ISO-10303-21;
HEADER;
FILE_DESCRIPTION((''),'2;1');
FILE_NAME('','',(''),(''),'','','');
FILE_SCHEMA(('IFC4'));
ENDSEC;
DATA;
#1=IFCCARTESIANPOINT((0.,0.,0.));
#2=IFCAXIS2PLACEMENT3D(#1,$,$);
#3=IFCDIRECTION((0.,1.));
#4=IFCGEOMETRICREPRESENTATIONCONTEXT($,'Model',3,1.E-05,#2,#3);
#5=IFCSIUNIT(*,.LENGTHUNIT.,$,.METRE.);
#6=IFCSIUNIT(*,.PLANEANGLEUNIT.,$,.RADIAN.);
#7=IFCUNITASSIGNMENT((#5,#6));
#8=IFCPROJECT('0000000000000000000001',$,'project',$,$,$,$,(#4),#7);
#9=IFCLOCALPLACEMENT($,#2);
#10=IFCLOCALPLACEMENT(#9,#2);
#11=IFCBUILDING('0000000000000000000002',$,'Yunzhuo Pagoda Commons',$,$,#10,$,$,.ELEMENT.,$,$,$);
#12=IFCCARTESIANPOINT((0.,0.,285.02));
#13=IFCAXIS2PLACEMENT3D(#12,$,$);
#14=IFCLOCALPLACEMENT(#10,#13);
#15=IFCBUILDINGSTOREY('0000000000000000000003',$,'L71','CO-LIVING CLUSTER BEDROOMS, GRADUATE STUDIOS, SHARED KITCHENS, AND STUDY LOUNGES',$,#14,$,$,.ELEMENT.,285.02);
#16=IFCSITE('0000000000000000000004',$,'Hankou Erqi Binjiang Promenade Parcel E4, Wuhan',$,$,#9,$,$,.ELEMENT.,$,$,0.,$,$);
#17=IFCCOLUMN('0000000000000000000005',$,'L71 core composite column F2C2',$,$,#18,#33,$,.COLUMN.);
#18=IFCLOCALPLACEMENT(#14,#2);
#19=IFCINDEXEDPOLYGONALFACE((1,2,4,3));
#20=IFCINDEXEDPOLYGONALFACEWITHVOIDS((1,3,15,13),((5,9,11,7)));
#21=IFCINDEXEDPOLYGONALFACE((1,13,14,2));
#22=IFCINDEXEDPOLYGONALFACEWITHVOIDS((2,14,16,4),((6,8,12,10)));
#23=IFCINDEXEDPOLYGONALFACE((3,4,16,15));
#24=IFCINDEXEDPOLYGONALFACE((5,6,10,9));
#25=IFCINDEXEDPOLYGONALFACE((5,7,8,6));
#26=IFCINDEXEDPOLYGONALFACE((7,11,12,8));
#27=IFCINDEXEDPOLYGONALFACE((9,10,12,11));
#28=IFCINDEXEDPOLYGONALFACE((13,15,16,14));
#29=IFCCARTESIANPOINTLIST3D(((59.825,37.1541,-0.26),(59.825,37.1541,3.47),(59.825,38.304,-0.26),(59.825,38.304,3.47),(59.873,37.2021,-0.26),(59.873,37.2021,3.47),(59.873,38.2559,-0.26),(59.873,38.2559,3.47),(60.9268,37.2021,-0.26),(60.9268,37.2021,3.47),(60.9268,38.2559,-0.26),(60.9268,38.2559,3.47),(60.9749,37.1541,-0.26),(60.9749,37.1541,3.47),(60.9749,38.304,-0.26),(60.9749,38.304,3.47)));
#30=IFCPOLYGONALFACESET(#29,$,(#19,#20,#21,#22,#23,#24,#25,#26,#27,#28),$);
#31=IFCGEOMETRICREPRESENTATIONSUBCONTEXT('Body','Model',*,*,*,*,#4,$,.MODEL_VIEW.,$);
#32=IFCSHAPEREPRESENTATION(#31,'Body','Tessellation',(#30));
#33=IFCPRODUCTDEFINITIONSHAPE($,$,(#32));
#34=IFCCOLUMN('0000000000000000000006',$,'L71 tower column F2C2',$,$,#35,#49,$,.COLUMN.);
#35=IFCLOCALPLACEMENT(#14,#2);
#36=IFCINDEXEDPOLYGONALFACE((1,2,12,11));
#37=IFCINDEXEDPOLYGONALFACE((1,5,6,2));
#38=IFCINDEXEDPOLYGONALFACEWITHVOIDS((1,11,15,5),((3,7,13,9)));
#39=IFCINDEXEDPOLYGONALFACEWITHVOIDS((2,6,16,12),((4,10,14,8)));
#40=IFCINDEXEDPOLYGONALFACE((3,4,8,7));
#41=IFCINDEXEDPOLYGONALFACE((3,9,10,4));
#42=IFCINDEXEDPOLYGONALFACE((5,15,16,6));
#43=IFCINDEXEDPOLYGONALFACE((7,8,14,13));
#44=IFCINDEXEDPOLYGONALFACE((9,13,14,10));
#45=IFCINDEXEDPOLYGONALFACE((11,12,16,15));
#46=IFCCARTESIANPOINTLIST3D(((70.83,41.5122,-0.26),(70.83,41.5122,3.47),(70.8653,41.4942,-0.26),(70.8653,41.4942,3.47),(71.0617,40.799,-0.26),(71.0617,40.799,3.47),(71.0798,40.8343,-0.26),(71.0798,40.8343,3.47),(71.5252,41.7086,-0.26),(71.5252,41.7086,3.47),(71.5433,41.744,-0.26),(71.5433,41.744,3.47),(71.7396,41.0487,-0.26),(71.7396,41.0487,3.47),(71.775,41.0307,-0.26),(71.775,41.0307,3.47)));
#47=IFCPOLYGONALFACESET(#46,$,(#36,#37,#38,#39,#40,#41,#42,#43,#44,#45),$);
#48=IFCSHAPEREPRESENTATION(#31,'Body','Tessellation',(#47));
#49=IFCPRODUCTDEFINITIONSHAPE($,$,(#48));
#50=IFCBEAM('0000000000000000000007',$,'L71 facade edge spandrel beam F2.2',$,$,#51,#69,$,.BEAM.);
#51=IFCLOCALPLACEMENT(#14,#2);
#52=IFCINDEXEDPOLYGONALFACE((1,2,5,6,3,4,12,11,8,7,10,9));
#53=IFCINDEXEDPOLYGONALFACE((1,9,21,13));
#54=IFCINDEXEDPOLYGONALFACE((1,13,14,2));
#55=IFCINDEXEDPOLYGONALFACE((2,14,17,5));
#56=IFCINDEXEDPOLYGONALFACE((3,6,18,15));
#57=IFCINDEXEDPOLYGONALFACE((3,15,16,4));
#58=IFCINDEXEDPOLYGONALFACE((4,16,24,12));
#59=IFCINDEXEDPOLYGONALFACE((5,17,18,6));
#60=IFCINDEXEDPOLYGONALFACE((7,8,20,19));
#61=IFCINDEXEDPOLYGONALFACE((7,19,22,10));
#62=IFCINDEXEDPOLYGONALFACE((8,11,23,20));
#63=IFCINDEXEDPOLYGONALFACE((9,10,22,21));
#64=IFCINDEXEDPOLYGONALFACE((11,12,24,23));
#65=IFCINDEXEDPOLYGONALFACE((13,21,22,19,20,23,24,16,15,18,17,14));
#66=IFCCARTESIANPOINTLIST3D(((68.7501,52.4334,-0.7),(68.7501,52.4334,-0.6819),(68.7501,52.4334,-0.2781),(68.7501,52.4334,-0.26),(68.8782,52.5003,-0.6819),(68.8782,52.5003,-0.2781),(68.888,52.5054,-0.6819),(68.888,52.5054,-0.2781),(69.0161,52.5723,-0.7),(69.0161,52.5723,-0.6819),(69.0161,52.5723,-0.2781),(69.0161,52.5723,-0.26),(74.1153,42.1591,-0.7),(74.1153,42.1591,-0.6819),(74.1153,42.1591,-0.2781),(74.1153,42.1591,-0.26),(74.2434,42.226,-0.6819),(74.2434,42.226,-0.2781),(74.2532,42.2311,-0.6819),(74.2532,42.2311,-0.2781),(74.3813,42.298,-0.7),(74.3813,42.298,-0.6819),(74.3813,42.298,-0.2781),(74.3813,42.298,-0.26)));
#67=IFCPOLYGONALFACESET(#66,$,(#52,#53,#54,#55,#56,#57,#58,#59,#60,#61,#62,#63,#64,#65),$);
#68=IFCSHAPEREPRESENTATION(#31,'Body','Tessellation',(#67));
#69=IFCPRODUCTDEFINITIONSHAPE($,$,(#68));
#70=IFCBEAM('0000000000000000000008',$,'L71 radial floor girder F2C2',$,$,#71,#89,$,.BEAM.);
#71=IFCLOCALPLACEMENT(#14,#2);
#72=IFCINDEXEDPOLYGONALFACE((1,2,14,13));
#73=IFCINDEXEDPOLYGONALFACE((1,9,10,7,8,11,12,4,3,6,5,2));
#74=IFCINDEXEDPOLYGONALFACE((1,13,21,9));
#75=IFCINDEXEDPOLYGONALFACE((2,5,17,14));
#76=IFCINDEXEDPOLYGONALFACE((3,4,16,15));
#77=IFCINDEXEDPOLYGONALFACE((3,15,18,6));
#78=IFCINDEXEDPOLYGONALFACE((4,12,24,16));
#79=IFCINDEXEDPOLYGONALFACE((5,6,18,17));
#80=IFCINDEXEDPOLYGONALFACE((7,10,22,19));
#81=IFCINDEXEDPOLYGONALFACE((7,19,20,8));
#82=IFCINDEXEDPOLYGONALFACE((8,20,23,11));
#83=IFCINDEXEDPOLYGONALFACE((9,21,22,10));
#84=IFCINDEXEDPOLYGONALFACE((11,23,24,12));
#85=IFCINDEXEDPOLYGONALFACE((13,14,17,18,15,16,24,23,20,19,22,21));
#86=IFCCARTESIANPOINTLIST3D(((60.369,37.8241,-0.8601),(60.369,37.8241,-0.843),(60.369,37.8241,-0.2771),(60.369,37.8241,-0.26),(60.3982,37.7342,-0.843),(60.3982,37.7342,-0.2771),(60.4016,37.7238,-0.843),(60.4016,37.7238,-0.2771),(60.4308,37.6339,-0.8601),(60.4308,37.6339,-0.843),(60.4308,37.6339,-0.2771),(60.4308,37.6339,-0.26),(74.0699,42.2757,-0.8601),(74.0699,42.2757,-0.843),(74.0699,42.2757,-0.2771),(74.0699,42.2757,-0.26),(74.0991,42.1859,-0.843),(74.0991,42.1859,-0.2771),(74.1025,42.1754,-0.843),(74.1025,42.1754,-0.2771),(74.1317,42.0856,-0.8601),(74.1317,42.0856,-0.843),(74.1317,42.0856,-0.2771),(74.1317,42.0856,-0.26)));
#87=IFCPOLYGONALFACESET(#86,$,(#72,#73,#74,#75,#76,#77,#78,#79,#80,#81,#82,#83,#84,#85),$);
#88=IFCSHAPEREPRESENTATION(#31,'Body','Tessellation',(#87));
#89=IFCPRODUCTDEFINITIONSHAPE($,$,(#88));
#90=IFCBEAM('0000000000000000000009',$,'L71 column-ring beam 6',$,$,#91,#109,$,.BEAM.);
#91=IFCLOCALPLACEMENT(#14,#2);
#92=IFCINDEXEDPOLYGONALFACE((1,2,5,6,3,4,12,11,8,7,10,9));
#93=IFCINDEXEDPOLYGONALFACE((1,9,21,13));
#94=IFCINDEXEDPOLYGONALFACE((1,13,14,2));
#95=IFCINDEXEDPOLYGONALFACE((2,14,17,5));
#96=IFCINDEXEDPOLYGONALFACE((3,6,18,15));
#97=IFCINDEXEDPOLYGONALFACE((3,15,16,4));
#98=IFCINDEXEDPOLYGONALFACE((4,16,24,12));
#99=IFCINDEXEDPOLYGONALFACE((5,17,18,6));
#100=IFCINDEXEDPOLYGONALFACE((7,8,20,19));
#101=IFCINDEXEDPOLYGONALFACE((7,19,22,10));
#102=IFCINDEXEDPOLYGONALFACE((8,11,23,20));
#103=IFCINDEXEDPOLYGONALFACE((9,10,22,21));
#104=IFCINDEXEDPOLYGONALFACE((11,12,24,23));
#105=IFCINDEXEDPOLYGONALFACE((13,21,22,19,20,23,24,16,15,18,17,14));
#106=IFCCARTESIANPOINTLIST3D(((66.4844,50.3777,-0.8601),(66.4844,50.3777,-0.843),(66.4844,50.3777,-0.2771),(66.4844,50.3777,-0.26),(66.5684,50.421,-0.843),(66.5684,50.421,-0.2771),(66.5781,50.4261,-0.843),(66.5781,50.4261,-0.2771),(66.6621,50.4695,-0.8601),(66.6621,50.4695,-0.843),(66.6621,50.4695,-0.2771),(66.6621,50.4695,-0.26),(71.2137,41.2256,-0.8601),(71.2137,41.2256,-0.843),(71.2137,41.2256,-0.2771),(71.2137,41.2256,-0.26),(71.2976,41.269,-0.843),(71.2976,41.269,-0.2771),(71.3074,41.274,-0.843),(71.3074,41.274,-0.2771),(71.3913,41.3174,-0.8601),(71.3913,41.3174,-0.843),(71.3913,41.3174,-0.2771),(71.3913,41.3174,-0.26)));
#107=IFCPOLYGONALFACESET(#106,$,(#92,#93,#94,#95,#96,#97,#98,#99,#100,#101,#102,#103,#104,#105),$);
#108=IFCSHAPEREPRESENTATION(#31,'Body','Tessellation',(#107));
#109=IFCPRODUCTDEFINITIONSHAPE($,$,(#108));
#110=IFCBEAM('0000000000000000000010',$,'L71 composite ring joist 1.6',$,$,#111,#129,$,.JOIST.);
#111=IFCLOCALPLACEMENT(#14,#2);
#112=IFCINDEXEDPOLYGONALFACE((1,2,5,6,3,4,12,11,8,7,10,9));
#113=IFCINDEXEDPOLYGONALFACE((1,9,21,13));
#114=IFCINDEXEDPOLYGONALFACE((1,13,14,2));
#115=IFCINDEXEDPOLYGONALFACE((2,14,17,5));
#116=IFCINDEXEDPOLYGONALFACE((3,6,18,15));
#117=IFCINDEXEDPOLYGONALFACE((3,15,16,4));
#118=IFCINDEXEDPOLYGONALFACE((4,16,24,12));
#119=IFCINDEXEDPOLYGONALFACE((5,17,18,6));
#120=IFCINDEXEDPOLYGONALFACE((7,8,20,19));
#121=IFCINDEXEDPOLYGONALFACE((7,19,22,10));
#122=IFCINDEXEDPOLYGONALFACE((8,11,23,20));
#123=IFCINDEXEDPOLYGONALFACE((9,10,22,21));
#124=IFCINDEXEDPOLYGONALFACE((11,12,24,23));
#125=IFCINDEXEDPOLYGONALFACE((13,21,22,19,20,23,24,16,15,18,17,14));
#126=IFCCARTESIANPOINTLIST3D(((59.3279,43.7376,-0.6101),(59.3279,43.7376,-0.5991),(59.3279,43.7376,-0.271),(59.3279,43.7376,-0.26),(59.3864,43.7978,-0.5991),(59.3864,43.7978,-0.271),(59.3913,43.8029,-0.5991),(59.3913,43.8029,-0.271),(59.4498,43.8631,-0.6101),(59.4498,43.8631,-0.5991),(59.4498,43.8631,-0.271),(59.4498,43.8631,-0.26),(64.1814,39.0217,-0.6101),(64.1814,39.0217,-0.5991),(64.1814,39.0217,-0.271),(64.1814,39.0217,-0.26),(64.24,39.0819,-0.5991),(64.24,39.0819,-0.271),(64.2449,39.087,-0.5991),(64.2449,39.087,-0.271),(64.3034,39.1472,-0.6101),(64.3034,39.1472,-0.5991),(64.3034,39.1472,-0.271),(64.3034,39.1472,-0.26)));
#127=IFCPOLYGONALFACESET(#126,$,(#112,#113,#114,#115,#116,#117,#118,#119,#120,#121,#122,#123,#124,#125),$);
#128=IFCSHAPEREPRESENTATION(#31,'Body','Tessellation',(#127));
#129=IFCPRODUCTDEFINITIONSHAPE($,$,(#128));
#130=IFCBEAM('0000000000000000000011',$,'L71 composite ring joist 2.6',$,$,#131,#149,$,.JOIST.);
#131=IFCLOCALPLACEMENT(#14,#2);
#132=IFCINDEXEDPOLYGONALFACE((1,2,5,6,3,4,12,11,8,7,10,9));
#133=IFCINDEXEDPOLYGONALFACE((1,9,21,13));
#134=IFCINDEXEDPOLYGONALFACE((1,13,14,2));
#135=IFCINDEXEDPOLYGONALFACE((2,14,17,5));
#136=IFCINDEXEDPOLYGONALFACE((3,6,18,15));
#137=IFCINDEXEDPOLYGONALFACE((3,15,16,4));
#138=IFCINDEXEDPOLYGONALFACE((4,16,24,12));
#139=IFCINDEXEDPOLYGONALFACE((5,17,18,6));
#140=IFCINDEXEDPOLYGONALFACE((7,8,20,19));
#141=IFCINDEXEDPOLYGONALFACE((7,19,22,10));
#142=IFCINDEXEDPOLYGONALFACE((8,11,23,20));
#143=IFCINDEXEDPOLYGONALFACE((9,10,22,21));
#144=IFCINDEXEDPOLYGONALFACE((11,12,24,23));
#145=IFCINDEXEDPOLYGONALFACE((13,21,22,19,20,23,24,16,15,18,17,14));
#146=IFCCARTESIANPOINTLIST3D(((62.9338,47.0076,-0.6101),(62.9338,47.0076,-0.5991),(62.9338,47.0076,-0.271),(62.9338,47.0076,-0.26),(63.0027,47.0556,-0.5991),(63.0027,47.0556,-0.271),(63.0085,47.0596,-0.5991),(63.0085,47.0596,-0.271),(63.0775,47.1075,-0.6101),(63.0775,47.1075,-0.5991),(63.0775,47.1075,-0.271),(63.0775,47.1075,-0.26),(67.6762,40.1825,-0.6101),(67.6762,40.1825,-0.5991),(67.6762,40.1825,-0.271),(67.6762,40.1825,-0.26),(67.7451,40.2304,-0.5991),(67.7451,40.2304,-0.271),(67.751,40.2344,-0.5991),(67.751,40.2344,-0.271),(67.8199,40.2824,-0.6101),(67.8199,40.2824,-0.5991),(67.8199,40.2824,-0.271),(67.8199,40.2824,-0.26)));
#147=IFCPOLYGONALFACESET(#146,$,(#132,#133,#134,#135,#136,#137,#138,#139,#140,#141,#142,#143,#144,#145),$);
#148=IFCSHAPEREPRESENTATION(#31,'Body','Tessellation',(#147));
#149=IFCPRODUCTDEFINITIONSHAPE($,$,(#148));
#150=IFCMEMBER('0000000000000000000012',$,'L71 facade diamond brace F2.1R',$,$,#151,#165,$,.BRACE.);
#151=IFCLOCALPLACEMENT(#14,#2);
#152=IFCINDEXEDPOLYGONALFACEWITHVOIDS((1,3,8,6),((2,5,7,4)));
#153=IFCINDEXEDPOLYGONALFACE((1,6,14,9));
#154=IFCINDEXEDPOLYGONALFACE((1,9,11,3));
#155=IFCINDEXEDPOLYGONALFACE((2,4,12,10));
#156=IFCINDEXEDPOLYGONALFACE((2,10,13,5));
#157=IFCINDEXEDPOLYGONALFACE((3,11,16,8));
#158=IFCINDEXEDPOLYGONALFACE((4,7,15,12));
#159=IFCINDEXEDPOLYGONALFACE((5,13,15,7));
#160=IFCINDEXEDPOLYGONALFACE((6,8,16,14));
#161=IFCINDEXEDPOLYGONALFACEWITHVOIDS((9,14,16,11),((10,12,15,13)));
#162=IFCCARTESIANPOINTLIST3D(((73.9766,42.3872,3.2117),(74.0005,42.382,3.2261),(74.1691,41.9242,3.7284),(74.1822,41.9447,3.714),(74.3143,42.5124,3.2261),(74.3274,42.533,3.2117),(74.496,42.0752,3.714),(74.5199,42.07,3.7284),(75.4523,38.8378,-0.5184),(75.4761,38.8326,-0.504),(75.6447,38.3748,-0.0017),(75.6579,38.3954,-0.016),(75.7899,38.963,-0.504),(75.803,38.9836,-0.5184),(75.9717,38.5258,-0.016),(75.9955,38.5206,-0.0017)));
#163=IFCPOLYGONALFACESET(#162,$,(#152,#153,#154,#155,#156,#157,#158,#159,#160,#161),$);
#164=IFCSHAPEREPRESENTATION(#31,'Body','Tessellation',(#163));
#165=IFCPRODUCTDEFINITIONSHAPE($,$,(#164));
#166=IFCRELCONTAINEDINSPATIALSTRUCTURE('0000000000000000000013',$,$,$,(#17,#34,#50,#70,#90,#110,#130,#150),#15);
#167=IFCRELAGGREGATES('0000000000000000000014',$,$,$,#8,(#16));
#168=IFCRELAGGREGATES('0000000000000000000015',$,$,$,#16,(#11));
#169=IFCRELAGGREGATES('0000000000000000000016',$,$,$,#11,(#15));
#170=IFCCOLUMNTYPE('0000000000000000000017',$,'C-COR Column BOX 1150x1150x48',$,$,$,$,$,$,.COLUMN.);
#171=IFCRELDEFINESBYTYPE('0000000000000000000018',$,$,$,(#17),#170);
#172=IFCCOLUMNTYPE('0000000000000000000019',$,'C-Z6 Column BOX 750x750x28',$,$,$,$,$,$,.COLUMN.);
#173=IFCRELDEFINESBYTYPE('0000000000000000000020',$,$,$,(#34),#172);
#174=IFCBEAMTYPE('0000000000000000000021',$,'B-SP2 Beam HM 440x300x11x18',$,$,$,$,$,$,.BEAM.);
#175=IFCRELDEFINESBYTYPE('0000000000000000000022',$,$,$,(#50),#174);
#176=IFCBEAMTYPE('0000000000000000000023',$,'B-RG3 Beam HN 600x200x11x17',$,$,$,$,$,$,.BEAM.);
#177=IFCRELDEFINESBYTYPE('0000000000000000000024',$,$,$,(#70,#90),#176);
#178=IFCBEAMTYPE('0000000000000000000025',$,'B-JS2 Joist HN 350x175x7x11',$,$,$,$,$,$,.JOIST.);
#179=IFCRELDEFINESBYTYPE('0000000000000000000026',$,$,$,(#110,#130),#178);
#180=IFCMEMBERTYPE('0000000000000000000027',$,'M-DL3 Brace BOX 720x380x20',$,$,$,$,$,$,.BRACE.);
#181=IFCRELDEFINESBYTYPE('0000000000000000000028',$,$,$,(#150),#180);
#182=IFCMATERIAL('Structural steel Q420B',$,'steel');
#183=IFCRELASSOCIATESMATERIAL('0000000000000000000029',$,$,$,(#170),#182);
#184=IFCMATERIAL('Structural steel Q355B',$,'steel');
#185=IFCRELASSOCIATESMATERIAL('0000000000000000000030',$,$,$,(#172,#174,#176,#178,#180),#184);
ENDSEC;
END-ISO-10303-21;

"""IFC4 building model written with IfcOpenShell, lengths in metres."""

from ifc_helpers import new_model, si_unit, direction, frame, origin, origin_2d, place, context, subcontext, project, spatial, hollow_rectangle, i_section, extrude, source, transform, mapped, material, material_profile, profile_set, type_object, element, save


model = new_model("IFC4")

# Units and contexts
model_context = context("Model", 3, precision=1e-05, world=origin(), true_north=direction((0.0, 1.0)))
body_context = subcontext(model_context, "Body", "Model", "MODEL_VIEW")
ifc_project = project(units=[si_unit("LENGTHUNIT", "METRE"), si_unit("PLANEANGLEUNIT", "RADIAN")], contexts=[model_context])

# Site, building, storey
site_placement = place(None, origin())
site = spatial("IfcSite", under=ifc_project, at=site_placement, Name="Hankou Erqi Binjiang Promenade Parcel E4, Wuhan", CompositionType="ELEMENT", RefElevation=0.0)
building_placement = place(site_placement, origin())
building = spatial("IfcBuilding", under=site, at=building_placement, Name="Yunzhuo Pagoda Commons", CompositionType="ELEMENT")
storey_placement = place(building_placement, frame((0.0, 0.0, 285.02)))
storey = spatial("IfcBuildingStorey", under=building, at=storey_placement, Name="L71", Description="CO-LIVING CLUSTER BEDROOMS, GRADUATE STUDIOS, SHARED KITCHENS, AND STUDY LOUNGES", CompositionType="ELEMENT", Elevation=285.02)

# Columns
ifc_material_1 = material(Name="Structural steel Q420B", Category="steel")
ifc_material_profile_1 = material_profile(ifc_material_1, hollow_rectangle(XDim=1.1499, YDim=1.1499, WallThickness=0.0481, at=origin_2d()), Name="Structural steel Q420B")
ifc_profile_set_1 = profile_set([ifc_material_profile_1], Name="Structural steel Q420B")
column_type_1 = type_object("IfcColumnType", Name="C-COR Column BOX 1150x1150x48", PredefinedType="COLUMN", material=ifc_profile_set_1)
shared_shape_1 = source(origin(), body_context, "Body", "SweptSolid", [
    extrude(hollow_rectangle(XDim=1.1499, YDim=1.1499, WallThickness=0.0481, at=origin_2d()), origin(), (0.0, 0.0, 1.0), 3.73),
])
column_1_placement = place(storey_placement, frame((60.3999, 37.729, -0.26), z_axis=(0.0, 0.0, 1.0), x_axis=(1.0, 0.0, 0.0)))
element("IfcColumn", 1, at=column_1_placement, inside=storey, type_object=column_type_1, Name="L71 core composite column F2C2", PredefinedType="COLUMN", context=body_context, shape_type="MappedRepresentation", body=[
    mapped(shared_shape_1, transform((0.0, 0.0, 0.0), scale=1.0)),
])
ifc_material_2 = material(Name="Structural steel Q355B", Category="steel")
ifc_material_profile_2 = material_profile(ifc_material_2, hollow_rectangle(XDim=0.75, YDim=0.75, WallThickness=0.0281, at=origin_2d()), Name="Structural steel Q355B")
ifc_profile_set_2 = profile_set([ifc_material_profile_2], Name="Structural steel Q355B")
column_type_2 = type_object("IfcColumnType", Name="C-Z6 Column BOX 750x750x28", PredefinedType="COLUMN", material=ifc_profile_set_2)
shared_shape_2 = source(origin(), body_context, "Body", "SweptSolid", [
    extrude(hollow_rectangle(XDim=0.75, YDim=0.75, WallThickness=0.0281, at=origin_2d()), origin(), (0.0, 0.0, 1.0), 3.73),
])
column_2_placement = place(storey_placement, frame((71.3025, 41.2715, -0.26), z_axis=(0.0, 0.0, 1.0), x_axis=(-0.309017, 0.951057, 0.0)))
element("IfcColumn", 2, at=column_2_placement, inside=storey, type_object=column_type_2, Name="L71 tower column F2C2", PredefinedType="COLUMN", context=body_context, shape_type="MappedRepresentation", body=[
    mapped(shared_shape_2, transform((0.0, 0.0, 0.0), scale=1.0)),
])

# Beams
ifc_material_profile_3 = material_profile(ifc_material_2, i_section(OverallWidth=0.3, OverallDepth=0.4399, WebThickness=0.011, FlangeThickness=0.0181, at=origin_2d()), Name="Structural steel Q355B")
ifc_profile_set_3 = profile_set([ifc_material_profile_3], Name="Structural steel Q355B")
beam_type_1 = type_object("IfcBeamType", Name="B-SP2 Beam HM 440x300x11x18", PredefinedType="BEAM", material=ifc_profile_set_3)
shared_shape_3 = source(origin(), body_context, "Body", "SweptSolid", [
    extrude(i_section(OverallWidth=0.3, OverallDepth=0.4399, WebThickness=0.011, FlangeThickness=0.0181, at=origin_2d()), origin(), (0.0, 0.0, 1.0), 11.5908),
])
beam_1_placement = place(storey_placement, frame((74.2483, 42.2285, -0.48), z_axis=(-0.462883, 0.88642, 0.0), x_axis=(-0.88642, -0.462883, 0.0)))
element("IfcBeam", 3, at=beam_1_placement, inside=storey, type_object=beam_type_1, Name="L71 facade edge spandrel beam F2.2", PredefinedType="BEAM", context=body_context, shape_type="MappedRepresentation", body=[
    mapped(shared_shape_3, transform((0.0, 0.0, 0.0), scale=1.0)),
])
ifc_material_profile_4 = material_profile(ifc_material_2, i_section(OverallWidth=0.2, OverallDepth=0.6001, WebThickness=0.011, FlangeThickness=0.0171, at=origin_2d()), Name="Structural steel Q355B")
ifc_profile_set_4 = profile_set([ifc_material_profile_4], Name="Structural steel Q355B")
beam_type_2 = type_object("IfcBeamType", Name="B-RG3 Beam HN 600x200x11x17", PredefinedType="BEAM", material=ifc_profile_set_4)
shared_shape_4 = source(origin(), body_context, "Body", "SweptSolid", [
    extrude(i_section(OverallWidth=0.2, OverallDepth=0.6001, WebThickness=0.011, FlangeThickness=0.0171, at=origin_2d()), origin(), (0.0, 0.0, 1.0), 14.406),
])
beam_2_placement = place(storey_placement, frame((74.1008, 42.1807, -0.5601), z_axis=(-0.951057, -0.309014, 0.0), x_axis=(0.309014, -0.951057, 0.0)))
element("IfcBeam", 4, at=beam_2_placement, inside=storey, type_object=beam_type_2, Name="L71 radial floor girder F2C2", PredefinedType="BEAM", context=body_context, shape_type="MappedRepresentation", body=[
    mapped(shared_shape_4, transform((0.0, 0.0, 0.0), scale=1.0)),
])
shared_shape_5 = source(origin(), body_context, "Body", "SweptSolid", [
    extrude(i_section(OverallWidth=0.2, OverallDepth=0.6001, WebThickness=0.011, FlangeThickness=0.0171, at=origin_2d()), origin(), (0.0, 0.0, 1.0), 10.3018),
])
beam_3_placement = place(storey_placement, frame((71.3025, 41.2715, -0.5601), z_axis=(-0.459071, 0.8884, 0.0), x_axis=(-0.8884, -0.459071, 0.0)))
element("IfcBeam", 5, at=beam_3_placement, inside=storey, type_object=beam_type_2, Name="L71 column-ring beam 6", PredefinedType="BEAM", context=body_context, shape_type="MappedRepresentation", body=[
    mapped(shared_shape_5, transform((0.0, 0.0, 0.0), scale=1.0)),
])
ifc_material_profile_5 = material_profile(ifc_material_2, i_section(OverallWidth=0.175, OverallDepth=0.3501, WebThickness=0.0071, FlangeThickness=0.011, at=origin_2d()), Name="Structural steel Q355B")
ifc_profile_set_5 = profile_set([ifc_material_profile_5], Name="Structural steel Q355B")
beam_type_3 = type_object("IfcBeamType", Name="B-JS2 Joist HN 350x175x7x11", PredefinedType="JOIST", material=ifc_profile_set_5)
shared_shape_6 = source(origin(), body_context, "Body", "SweptSolid", [
    extrude(i_section(OverallWidth=0.175, OverallDepth=0.3501, WebThickness=0.0071, FlangeThickness=0.011, at=origin_2d()), origin(), (0.0, 0.0, 1.0), 6.7673),
])
beam_4_placement = place(storey_placement, frame((64.2424, 39.0845, -0.4351), z_axis=(-0.717207, 0.69686, 0.0), x_axis=(-0.69686, -0.717207, 0.0)))
element("IfcBeam", 6, at=beam_4_placement, inside=storey, type_object=beam_type_3, Name="L71 composite ring joist 1.6", PredefinedType="JOIST", context=body_context, shape_type="MappedRepresentation", body=[
    mapped(shared_shape_6, transform((0.0, 0.0, 0.0), scale=1.0)),
])
shared_shape_7 = source(origin(), body_context, "Body", "SweptSolid", [
    extrude(i_section(OverallWidth=0.175, OverallDepth=0.3501, WebThickness=0.0071, FlangeThickness=0.011, at=origin_2d()), origin(), (0.0, 0.0, 1.0), 8.311),
])
beam_5_placement = place(storey_placement, frame((67.748, 40.2324, -0.4351), z_axis=(-0.570616, 0.821217, 0.0), x_axis=(-0.821217, -0.570616, 0.0)))
element("IfcBeam", 7, at=beam_5_placement, inside=storey, type_object=beam_type_3, Name="L71 composite ring joist 2.6", PredefinedType="JOIST", context=body_context, shape_type="MappedRepresentation", body=[
    mapped(shared_shape_7, transform((0.0, 0.0, 0.0), scale=1.0)),
])

# Member
ifc_material_profile_6 = material_profile(ifc_material_2, hollow_rectangle(XDim=0.3799, YDim=0.72, WallThickness=0.02, at=origin_2d()), Name="Structural steel Q355B")
ifc_profile_set_6 = profile_set([ifc_material_profile_6], Name="Structural steel Q355B")
member_type_1 = type_object("IfcMemberType", Name="M-DL3 Brace BOX 720x380x20", PredefinedType="BRACE", material=ifc_profile_set_6)
shared_shape_8 = source(origin(), body_context, "Body", "SweptSolid", [
    extrude(hollow_rectangle(XDim=0.3799, YDim=0.72, WallThickness=0.02, at=origin_2d()), origin(), (0.0, 0.0, 1.0), 5.3562),
])
member_1_placement = place(storey_placement, frame((75.7239, 38.6792, -0.26), z_axis=(-0.275497, 0.662669, 0.696399), x_axis=(-0.923381, -0.383885, 0.0)))
element("IfcMember", 8, at=member_1_placement, inside=storey, type_object=member_type_1, Name="L71 facade diamond brace F2.1R", PredefinedType="BRACE", context=body_context, shape_type="MappedRepresentation", body=[
    mapped(shared_shape_8, transform((0.0, 0.0, 0.0), scale=1.0)),
])

save(model, "model.ifc")
